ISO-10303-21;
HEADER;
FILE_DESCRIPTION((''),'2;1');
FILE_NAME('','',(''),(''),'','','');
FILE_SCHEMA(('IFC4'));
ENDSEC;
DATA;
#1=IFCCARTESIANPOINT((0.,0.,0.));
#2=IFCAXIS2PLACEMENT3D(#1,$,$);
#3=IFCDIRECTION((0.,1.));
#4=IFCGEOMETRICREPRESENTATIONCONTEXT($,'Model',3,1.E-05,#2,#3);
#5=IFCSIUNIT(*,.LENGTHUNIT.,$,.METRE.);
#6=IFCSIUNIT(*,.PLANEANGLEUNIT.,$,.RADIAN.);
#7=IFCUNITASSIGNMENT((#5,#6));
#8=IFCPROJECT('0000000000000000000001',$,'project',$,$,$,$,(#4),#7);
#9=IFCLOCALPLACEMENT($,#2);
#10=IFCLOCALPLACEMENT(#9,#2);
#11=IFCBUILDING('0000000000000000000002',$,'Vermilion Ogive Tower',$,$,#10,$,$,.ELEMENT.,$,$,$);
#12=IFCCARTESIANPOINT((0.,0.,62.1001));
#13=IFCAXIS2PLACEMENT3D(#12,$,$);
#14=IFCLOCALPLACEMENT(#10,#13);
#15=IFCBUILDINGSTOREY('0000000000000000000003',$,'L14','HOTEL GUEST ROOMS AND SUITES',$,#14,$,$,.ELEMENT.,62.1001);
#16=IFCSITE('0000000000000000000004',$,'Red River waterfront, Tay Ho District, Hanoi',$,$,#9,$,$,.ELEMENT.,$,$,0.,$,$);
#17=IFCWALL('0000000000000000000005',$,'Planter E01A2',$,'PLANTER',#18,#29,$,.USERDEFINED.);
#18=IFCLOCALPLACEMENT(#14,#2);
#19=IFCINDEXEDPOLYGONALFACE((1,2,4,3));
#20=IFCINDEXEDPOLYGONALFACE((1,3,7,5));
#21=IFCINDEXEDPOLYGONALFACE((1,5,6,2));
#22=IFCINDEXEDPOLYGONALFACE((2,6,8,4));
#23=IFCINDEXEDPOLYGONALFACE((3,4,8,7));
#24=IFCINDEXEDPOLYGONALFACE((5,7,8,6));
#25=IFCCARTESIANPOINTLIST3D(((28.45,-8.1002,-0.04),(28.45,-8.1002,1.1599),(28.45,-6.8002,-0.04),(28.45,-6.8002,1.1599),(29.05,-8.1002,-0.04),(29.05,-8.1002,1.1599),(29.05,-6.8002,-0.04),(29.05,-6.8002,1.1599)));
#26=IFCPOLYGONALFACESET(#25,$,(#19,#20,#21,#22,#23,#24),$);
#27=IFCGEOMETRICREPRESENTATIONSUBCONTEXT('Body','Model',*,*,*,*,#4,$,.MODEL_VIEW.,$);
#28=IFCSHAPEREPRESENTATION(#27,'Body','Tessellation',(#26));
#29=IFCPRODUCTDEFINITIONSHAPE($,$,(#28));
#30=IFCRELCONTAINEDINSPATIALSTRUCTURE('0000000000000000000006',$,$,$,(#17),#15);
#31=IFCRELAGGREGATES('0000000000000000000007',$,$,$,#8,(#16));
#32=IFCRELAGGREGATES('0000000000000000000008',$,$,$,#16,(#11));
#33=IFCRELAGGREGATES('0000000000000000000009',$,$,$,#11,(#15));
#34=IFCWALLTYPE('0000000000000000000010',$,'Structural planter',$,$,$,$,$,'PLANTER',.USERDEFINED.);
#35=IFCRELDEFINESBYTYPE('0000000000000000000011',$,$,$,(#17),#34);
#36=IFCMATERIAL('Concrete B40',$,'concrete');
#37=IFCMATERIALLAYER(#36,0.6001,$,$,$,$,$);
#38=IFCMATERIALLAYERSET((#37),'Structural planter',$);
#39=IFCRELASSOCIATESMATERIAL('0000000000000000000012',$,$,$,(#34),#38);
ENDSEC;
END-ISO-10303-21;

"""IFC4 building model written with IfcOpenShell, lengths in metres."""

from ifc_helpers import new_model, si_unit, direction, frame, frame_2d, origin, place, context, subcontext, project, spatial, rectangle, extrude, material, layer, layer_set, type_object, element, save


model = new_model("IFC4")

# Units and contexts
model_context = context("Model", 3, precision=1e-05, world=origin(), true_north=direction((0.0, 1.0)))
body_context = subcontext(model_context, "Body", "Model", "MODEL_VIEW")
ifc_project = project(units=[si_unit("LENGTHUNIT", "METRE"), si_unit("PLANEANGLEUNIT", "RADIAN")], contexts=[model_context])

# Site, building, storey
site_placement = place(None, origin())
site = spatial("IfcSite", under=ifc_project, at=site_placement, Name="Red River waterfront, Tay Ho District, Hanoi", CompositionType="ELEMENT", RefElevation=0.0)
building_placement = place(site_placement, origin())
building = spatial("IfcBuilding", under=site, at=building_placement, Name="Vermilion Ogive Tower", CompositionType="ELEMENT")
storey_placement = place(building_placement, frame((0.0, 0.0, 62.1001)))
storey = spatial("IfcBuildingStorey", under=building, at=storey_placement, Name="L14", Description="HOTEL GUEST ROOMS AND SUITES", CompositionType="ELEMENT", Elevation=62.1001)

# Wall
ifc_material_1 = material(Name="Concrete B40", Category="concrete")
ifc_layer_1 = layer(ifc_material_1, 0.6001)
ifc_layer_set_1 = layer_set([ifc_layer_1], Name="Structural planter")
wall_type_1 = type_object("IfcWallType", Name="Structural planter", ElementType="PLANTER", PredefinedType="USERDEFINED", material=ifc_layer_set_1)
wall_1_placement = place(storey_placement, frame((28.75, -8.1001, -0.04), z_axis=(0.0, 0.0, 1.0), x_axis=(0.0, 1.0, 0.0)))
element("IfcWall", 1, at=wall_1_placement, inside=storey, type_object=wall_type_1, Name="Planter E01A2", ObjectType="PLANTER", PredefinedType="USERDEFINED", context=body_context, shape_type="SweptSolid", body=[
    extrude(rectangle(XDim=1.3, YDim=0.6001, at=frame_2d((0.6499, 0.0))), origin(), (0.0, 0.0, 1.0), 1.2),
])

save(model, "model.ifc")
